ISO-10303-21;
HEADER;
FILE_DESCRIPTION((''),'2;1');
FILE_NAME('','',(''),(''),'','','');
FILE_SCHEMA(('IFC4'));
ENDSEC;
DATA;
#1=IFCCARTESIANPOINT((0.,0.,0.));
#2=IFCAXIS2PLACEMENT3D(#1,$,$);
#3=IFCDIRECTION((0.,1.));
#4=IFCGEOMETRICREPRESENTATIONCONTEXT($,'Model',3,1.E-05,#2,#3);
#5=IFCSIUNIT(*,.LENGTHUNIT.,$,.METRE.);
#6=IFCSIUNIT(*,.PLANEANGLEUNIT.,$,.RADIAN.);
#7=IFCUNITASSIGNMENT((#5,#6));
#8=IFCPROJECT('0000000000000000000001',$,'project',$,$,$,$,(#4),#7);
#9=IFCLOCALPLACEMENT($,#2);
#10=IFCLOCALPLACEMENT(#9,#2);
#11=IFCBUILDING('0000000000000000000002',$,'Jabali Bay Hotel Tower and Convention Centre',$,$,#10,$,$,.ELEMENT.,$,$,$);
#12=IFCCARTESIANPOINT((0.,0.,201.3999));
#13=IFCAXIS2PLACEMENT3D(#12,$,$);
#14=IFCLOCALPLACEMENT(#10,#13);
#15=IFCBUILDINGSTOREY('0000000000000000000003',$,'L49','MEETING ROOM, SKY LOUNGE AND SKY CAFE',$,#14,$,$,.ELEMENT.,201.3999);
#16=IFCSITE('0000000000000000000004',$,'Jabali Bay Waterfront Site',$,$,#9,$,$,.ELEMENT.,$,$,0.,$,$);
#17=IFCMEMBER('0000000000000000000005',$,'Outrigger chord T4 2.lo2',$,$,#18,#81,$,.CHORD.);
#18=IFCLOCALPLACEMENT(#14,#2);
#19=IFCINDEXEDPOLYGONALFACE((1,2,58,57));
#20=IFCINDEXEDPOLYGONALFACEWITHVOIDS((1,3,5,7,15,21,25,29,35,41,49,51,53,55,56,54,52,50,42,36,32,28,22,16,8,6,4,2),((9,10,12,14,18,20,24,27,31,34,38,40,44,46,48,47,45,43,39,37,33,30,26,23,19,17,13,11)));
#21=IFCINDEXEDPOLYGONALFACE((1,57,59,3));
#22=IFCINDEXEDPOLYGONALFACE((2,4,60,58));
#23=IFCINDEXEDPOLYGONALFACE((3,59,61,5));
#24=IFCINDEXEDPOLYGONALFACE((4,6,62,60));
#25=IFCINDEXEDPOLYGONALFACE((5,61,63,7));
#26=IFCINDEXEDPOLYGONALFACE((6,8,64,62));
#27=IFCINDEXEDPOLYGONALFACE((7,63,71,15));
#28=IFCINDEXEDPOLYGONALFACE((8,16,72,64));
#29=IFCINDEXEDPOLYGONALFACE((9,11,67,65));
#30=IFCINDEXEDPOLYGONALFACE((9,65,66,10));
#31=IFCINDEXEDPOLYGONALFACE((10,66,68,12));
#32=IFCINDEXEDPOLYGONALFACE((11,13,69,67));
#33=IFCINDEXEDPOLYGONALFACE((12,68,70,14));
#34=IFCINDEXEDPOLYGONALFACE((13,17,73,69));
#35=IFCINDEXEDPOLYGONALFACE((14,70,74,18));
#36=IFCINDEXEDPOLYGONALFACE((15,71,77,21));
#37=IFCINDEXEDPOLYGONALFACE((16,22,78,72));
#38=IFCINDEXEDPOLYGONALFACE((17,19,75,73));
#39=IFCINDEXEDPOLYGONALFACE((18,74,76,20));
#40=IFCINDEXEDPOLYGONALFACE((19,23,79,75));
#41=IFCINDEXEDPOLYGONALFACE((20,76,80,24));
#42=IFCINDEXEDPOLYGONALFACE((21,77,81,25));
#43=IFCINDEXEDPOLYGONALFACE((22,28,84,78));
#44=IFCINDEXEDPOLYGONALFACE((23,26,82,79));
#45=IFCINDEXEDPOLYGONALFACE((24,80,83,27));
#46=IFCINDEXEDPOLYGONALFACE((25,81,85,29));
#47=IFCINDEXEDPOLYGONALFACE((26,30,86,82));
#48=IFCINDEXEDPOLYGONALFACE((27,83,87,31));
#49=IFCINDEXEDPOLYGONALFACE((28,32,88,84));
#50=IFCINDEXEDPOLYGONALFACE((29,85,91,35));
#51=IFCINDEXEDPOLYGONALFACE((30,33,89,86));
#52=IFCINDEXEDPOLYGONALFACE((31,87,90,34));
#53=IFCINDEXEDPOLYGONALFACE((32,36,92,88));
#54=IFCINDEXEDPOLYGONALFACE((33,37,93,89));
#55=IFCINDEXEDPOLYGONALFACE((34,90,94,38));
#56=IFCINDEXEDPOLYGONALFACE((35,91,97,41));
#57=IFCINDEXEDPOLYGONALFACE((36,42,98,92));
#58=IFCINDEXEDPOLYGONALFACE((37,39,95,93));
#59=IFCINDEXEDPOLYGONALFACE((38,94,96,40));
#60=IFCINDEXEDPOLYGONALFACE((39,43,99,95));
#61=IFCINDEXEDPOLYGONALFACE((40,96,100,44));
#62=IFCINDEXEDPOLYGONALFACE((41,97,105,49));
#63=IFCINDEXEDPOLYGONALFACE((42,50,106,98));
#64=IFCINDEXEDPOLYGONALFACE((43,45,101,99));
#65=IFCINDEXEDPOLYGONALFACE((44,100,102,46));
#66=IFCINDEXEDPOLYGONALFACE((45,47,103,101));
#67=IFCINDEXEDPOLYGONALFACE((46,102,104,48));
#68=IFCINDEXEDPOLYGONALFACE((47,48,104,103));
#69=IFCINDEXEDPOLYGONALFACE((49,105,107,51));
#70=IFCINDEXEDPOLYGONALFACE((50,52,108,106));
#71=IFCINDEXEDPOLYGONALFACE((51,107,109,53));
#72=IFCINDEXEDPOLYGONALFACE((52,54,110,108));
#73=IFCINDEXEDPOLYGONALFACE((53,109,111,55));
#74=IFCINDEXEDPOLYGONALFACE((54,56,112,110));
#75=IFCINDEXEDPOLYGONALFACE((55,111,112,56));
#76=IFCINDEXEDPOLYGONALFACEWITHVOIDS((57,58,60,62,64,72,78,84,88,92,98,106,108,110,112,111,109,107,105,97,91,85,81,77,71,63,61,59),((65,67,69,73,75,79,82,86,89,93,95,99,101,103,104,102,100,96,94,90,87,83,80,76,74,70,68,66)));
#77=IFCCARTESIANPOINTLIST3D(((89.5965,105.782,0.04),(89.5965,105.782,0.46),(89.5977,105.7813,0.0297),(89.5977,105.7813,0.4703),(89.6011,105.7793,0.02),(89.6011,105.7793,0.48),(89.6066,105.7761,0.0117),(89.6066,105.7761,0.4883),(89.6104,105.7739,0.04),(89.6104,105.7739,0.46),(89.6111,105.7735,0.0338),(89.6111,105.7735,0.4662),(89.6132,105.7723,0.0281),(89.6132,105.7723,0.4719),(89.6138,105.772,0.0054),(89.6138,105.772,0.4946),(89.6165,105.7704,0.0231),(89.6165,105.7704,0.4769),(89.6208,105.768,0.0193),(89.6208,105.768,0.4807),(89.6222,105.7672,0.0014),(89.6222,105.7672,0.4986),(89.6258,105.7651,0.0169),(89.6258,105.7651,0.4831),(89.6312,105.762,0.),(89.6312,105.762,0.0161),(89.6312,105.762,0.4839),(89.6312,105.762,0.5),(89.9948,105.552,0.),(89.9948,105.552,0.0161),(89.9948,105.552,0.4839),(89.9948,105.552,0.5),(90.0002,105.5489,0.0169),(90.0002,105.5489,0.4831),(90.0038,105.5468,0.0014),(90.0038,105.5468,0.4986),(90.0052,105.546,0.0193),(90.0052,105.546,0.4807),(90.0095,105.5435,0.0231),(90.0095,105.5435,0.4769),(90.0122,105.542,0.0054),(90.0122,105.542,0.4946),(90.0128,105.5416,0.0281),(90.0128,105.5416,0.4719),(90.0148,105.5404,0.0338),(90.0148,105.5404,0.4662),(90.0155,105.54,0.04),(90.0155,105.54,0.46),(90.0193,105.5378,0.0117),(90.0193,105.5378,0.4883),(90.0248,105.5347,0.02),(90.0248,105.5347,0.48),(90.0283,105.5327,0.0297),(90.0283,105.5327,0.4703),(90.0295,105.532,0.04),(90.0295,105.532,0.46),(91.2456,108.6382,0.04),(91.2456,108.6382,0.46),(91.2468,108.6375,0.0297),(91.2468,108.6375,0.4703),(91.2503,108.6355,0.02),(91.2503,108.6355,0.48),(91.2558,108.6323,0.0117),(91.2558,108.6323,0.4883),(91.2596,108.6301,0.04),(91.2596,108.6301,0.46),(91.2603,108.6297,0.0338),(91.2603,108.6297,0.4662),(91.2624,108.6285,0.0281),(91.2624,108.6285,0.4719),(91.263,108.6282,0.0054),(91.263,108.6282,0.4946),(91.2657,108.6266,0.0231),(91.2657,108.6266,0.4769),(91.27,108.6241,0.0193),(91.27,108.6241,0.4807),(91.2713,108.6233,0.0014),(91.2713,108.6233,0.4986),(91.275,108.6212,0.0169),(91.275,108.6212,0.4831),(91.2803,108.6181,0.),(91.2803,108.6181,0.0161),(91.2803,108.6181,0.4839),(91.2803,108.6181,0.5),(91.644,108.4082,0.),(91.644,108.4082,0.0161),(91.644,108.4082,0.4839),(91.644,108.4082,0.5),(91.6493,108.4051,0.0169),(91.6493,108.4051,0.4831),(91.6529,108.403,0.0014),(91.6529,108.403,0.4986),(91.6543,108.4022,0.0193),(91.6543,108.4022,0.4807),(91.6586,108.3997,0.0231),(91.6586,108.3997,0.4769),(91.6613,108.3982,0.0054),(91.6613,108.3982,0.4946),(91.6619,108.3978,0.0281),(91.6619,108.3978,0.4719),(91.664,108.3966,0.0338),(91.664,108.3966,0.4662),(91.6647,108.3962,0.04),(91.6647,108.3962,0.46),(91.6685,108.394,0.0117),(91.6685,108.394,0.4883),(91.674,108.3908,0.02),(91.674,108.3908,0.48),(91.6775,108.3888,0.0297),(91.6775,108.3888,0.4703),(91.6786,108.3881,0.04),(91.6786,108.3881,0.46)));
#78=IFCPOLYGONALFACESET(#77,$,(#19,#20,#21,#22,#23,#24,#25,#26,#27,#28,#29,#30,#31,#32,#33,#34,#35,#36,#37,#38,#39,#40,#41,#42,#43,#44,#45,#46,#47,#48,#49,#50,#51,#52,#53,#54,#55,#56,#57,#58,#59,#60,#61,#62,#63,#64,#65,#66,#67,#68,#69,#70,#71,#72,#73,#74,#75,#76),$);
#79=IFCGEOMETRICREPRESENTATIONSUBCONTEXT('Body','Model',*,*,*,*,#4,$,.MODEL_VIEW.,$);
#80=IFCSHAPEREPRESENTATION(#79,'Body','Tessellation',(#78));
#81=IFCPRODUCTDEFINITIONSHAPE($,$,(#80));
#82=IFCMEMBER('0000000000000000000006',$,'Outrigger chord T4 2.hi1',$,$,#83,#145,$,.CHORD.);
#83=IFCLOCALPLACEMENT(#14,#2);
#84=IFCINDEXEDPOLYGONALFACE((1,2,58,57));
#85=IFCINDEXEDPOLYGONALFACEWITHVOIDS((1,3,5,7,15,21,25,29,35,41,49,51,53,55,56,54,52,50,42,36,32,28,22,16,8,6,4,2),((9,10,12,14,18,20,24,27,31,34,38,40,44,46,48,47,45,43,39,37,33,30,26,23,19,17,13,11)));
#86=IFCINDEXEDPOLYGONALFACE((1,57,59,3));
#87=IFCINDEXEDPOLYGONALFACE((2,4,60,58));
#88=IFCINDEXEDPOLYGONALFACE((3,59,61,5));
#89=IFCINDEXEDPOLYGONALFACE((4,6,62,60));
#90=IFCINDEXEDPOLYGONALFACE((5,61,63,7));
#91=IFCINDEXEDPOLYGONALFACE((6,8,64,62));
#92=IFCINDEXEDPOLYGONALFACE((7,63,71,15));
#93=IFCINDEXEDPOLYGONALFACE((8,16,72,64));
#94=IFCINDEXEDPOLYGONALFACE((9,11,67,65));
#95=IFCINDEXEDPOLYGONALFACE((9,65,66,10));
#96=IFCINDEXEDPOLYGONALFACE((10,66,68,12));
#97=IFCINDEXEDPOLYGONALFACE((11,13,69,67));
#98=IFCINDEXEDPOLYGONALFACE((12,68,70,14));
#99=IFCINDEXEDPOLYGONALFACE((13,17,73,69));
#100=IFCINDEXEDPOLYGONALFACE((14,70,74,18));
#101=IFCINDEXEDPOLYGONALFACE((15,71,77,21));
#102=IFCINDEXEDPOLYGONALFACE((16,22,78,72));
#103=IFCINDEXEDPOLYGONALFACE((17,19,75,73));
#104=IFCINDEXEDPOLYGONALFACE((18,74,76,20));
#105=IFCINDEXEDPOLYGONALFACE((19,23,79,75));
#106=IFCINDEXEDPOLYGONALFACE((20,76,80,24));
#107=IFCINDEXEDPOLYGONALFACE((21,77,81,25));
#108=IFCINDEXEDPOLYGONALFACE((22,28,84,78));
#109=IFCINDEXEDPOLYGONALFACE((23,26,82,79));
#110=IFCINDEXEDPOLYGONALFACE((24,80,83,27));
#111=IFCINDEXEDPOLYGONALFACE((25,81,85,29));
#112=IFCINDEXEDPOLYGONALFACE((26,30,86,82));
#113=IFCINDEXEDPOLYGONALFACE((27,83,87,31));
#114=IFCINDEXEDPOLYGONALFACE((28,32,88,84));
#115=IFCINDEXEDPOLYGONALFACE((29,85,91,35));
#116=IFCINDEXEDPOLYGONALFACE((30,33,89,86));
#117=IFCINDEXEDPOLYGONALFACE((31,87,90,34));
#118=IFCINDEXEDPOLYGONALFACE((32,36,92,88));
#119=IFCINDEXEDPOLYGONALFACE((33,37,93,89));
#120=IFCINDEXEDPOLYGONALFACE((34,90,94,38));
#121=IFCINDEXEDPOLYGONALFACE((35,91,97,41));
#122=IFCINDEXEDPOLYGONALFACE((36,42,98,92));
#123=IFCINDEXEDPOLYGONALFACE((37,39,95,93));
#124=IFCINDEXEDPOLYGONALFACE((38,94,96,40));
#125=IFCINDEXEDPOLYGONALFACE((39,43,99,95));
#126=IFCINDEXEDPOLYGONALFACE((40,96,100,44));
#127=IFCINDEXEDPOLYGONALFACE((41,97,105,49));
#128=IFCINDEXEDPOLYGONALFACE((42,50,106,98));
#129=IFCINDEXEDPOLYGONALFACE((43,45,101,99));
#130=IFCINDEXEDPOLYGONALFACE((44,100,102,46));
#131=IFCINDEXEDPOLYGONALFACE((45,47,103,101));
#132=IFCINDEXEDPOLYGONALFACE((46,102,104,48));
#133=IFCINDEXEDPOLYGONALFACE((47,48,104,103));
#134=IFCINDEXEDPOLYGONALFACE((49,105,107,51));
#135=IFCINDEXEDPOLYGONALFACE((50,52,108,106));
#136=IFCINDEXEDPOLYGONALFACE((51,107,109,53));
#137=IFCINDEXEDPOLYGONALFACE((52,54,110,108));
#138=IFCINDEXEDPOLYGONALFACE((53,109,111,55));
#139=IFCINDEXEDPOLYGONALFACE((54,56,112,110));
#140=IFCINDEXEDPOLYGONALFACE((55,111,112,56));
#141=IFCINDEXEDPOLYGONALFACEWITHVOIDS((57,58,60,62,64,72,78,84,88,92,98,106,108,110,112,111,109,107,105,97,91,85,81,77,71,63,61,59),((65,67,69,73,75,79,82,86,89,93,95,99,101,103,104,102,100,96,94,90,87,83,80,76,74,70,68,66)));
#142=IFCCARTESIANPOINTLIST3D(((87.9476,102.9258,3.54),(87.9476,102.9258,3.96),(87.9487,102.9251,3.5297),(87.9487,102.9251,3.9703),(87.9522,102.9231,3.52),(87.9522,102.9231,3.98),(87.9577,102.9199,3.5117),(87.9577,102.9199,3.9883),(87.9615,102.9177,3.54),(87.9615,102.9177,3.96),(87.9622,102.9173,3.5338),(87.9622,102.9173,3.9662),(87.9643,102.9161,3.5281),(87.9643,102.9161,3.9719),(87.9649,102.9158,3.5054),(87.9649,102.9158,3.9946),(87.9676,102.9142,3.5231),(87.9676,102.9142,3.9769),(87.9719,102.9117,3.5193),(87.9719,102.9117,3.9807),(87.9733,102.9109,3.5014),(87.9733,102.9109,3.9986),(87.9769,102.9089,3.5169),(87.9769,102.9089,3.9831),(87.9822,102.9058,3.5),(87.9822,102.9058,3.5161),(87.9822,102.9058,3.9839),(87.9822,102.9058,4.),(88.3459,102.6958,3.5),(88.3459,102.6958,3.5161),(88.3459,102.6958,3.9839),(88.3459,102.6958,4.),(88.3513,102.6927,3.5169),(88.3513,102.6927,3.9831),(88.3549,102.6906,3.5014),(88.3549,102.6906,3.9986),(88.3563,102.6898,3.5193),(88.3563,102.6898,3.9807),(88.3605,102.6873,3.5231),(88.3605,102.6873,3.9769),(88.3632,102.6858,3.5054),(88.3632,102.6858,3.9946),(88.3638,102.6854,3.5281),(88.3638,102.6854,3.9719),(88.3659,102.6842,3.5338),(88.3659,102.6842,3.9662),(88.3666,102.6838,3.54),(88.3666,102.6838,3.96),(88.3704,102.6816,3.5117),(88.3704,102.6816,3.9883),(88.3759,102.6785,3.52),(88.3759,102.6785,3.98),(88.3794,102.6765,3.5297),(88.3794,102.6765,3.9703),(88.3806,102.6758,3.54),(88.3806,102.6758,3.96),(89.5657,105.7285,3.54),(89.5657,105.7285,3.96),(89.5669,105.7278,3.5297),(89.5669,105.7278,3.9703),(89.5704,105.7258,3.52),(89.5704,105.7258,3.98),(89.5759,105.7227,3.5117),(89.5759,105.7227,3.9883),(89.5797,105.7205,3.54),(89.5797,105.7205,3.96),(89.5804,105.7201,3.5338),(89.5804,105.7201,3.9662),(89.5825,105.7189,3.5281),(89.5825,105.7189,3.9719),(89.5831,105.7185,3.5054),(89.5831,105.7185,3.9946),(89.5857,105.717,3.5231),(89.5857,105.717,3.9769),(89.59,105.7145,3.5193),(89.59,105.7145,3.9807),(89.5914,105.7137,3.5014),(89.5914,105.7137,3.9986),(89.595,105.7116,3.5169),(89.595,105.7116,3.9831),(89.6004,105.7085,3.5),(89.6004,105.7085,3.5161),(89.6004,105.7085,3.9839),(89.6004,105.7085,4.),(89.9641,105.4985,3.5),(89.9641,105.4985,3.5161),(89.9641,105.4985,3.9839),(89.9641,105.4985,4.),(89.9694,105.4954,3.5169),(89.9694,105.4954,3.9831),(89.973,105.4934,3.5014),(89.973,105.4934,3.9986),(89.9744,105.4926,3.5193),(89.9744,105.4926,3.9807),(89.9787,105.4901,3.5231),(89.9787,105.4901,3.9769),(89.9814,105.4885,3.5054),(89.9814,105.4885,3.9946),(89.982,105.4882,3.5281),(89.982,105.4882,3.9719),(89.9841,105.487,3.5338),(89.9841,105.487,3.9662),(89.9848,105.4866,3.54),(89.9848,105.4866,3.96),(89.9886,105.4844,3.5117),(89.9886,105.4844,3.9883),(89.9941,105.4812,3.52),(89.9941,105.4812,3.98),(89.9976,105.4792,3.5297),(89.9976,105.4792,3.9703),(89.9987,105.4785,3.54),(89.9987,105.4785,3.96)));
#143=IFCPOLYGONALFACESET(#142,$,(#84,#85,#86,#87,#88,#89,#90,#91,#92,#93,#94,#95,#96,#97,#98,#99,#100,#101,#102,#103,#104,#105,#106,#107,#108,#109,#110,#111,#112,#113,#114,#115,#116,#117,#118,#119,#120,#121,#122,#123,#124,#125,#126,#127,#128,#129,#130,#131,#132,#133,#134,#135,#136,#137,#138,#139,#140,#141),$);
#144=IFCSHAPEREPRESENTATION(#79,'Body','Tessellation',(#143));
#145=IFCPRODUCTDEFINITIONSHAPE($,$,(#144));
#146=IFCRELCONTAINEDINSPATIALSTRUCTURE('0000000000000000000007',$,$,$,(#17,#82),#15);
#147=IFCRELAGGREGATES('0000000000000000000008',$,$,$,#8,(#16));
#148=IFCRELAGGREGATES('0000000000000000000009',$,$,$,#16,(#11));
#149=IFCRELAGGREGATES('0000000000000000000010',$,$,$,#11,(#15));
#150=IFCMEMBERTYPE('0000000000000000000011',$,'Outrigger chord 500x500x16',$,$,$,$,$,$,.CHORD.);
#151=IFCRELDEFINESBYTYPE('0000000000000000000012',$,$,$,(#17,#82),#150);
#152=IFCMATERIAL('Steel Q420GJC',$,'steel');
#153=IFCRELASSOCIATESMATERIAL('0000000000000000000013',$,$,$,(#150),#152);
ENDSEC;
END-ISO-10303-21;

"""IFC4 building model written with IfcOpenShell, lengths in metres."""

from ifc_helpers import new_model, si_unit, direction, frame, origin, origin_2d, place, context, subcontext, project, spatial, hollow_rectangle, extrude, material, material_profile, profile_set, type_object, element, save


model = new_model("IFC4")

# Units and contexts
model_context = context("Model", 3, precision=1e-05, world=origin(), true_north=direction((0.0, 1.0)))
body_context = subcontext(model_context, "Body", "Model", "MODEL_VIEW")
ifc_project = project(units=[si_unit("LENGTHUNIT", "METRE"), si_unit("PLANEANGLEUNIT", "RADIAN")], contexts=[model_context])

# Site, building, storey
site_placement = place(None, origin())
site = spatial("IfcSite", under=ifc_project, at=site_placement, Name="Jabali Bay Waterfront Site", CompositionType="ELEMENT", RefElevation=0.0)
building_placement = place(site_placement, origin())
building = spatial("IfcBuilding", under=site, at=building_placement, Name="Jabali Bay Hotel Tower and Convention Centre", CompositionType="ELEMENT")
storey_placement = place(building_placement, frame((0.0, 0.0, 201.3999)))
storey = spatial("IfcBuildingStorey", under=building, at=storey_placement, Name="L49", Description="MEETING ROOM, SKY LOUNGE AND SKY CAFE", CompositionType="ELEMENT", Elevation=201.3999)

# Shared definitions
ifc_material_1 = material(Name="Steel Q420GJC", Category="steel")

# Members
ifc_material_profile_1 = material_profile(ifc_material_1, hollow_rectangle(XDim=0.5, YDim=0.5, WallThickness=0.0161, InnerFilletRadius=0.0239, OuterFilletRadius=0.04, at=origin_2d()), Name="Outrigger chord 500x500x16")
ifc_profile_set_1 = profile_set([ifc_material_profile_1], Name="Steel Q420GJC")
member_type_1 = type_object("IfcMemberType", Name="Outrigger chord 500x500x16", PredefinedType="CHORD", material=ifc_profile_set_1)
for number, where, z_axis, x_axis, name in (
    (1, (89.813, 105.657, 0.25), (0.500032, 0.866007, 0.0), (-0.866007, 0.500032, 0.0), "Outrigger chord T4 2.lo2"),
):
    element("IfcMember", number, at=place(storey_placement, frame(where, z_axis=z_axis, x_axis=x_axis)), inside=storey, type_object=member_type_1, Name=name, PredefinedType="CHORD", context=body_context, shape_type="SweptSolid", body=[
        extrude(hollow_rectangle(XDim=0.5, YDim=0.5, WallThickness=0.0161, InnerFilletRadius=0.0239, OuterFilletRadius=0.04, at=origin_2d()), origin(), (0.0, 0.0, 1.0), 3.2981),
    ])
member_1_placement = place(storey_placement, frame((88.1641, 102.8008, 3.75), z_axis=(0.500001, 0.866025, 0.0), x_axis=(-0.866025, 0.500001, 0.0)))
element("IfcMember", 2, at=member_1_placement, inside=storey, type_object=member_type_1, Name="Outrigger chord T4 2.hi1", PredefinedType="CHORD", context=body_context, shape_type="SweptSolid", body=[
    extrude(hollow_rectangle(XDim=0.5, YDim=0.5, WallThickness=0.0161, InnerFilletRadius=0.0239, OuterFilletRadius=0.04, at=origin_2d()), origin(), (0.0, 0.0, 1.0), 3.2363),
])

save(model, "model.ifc")
